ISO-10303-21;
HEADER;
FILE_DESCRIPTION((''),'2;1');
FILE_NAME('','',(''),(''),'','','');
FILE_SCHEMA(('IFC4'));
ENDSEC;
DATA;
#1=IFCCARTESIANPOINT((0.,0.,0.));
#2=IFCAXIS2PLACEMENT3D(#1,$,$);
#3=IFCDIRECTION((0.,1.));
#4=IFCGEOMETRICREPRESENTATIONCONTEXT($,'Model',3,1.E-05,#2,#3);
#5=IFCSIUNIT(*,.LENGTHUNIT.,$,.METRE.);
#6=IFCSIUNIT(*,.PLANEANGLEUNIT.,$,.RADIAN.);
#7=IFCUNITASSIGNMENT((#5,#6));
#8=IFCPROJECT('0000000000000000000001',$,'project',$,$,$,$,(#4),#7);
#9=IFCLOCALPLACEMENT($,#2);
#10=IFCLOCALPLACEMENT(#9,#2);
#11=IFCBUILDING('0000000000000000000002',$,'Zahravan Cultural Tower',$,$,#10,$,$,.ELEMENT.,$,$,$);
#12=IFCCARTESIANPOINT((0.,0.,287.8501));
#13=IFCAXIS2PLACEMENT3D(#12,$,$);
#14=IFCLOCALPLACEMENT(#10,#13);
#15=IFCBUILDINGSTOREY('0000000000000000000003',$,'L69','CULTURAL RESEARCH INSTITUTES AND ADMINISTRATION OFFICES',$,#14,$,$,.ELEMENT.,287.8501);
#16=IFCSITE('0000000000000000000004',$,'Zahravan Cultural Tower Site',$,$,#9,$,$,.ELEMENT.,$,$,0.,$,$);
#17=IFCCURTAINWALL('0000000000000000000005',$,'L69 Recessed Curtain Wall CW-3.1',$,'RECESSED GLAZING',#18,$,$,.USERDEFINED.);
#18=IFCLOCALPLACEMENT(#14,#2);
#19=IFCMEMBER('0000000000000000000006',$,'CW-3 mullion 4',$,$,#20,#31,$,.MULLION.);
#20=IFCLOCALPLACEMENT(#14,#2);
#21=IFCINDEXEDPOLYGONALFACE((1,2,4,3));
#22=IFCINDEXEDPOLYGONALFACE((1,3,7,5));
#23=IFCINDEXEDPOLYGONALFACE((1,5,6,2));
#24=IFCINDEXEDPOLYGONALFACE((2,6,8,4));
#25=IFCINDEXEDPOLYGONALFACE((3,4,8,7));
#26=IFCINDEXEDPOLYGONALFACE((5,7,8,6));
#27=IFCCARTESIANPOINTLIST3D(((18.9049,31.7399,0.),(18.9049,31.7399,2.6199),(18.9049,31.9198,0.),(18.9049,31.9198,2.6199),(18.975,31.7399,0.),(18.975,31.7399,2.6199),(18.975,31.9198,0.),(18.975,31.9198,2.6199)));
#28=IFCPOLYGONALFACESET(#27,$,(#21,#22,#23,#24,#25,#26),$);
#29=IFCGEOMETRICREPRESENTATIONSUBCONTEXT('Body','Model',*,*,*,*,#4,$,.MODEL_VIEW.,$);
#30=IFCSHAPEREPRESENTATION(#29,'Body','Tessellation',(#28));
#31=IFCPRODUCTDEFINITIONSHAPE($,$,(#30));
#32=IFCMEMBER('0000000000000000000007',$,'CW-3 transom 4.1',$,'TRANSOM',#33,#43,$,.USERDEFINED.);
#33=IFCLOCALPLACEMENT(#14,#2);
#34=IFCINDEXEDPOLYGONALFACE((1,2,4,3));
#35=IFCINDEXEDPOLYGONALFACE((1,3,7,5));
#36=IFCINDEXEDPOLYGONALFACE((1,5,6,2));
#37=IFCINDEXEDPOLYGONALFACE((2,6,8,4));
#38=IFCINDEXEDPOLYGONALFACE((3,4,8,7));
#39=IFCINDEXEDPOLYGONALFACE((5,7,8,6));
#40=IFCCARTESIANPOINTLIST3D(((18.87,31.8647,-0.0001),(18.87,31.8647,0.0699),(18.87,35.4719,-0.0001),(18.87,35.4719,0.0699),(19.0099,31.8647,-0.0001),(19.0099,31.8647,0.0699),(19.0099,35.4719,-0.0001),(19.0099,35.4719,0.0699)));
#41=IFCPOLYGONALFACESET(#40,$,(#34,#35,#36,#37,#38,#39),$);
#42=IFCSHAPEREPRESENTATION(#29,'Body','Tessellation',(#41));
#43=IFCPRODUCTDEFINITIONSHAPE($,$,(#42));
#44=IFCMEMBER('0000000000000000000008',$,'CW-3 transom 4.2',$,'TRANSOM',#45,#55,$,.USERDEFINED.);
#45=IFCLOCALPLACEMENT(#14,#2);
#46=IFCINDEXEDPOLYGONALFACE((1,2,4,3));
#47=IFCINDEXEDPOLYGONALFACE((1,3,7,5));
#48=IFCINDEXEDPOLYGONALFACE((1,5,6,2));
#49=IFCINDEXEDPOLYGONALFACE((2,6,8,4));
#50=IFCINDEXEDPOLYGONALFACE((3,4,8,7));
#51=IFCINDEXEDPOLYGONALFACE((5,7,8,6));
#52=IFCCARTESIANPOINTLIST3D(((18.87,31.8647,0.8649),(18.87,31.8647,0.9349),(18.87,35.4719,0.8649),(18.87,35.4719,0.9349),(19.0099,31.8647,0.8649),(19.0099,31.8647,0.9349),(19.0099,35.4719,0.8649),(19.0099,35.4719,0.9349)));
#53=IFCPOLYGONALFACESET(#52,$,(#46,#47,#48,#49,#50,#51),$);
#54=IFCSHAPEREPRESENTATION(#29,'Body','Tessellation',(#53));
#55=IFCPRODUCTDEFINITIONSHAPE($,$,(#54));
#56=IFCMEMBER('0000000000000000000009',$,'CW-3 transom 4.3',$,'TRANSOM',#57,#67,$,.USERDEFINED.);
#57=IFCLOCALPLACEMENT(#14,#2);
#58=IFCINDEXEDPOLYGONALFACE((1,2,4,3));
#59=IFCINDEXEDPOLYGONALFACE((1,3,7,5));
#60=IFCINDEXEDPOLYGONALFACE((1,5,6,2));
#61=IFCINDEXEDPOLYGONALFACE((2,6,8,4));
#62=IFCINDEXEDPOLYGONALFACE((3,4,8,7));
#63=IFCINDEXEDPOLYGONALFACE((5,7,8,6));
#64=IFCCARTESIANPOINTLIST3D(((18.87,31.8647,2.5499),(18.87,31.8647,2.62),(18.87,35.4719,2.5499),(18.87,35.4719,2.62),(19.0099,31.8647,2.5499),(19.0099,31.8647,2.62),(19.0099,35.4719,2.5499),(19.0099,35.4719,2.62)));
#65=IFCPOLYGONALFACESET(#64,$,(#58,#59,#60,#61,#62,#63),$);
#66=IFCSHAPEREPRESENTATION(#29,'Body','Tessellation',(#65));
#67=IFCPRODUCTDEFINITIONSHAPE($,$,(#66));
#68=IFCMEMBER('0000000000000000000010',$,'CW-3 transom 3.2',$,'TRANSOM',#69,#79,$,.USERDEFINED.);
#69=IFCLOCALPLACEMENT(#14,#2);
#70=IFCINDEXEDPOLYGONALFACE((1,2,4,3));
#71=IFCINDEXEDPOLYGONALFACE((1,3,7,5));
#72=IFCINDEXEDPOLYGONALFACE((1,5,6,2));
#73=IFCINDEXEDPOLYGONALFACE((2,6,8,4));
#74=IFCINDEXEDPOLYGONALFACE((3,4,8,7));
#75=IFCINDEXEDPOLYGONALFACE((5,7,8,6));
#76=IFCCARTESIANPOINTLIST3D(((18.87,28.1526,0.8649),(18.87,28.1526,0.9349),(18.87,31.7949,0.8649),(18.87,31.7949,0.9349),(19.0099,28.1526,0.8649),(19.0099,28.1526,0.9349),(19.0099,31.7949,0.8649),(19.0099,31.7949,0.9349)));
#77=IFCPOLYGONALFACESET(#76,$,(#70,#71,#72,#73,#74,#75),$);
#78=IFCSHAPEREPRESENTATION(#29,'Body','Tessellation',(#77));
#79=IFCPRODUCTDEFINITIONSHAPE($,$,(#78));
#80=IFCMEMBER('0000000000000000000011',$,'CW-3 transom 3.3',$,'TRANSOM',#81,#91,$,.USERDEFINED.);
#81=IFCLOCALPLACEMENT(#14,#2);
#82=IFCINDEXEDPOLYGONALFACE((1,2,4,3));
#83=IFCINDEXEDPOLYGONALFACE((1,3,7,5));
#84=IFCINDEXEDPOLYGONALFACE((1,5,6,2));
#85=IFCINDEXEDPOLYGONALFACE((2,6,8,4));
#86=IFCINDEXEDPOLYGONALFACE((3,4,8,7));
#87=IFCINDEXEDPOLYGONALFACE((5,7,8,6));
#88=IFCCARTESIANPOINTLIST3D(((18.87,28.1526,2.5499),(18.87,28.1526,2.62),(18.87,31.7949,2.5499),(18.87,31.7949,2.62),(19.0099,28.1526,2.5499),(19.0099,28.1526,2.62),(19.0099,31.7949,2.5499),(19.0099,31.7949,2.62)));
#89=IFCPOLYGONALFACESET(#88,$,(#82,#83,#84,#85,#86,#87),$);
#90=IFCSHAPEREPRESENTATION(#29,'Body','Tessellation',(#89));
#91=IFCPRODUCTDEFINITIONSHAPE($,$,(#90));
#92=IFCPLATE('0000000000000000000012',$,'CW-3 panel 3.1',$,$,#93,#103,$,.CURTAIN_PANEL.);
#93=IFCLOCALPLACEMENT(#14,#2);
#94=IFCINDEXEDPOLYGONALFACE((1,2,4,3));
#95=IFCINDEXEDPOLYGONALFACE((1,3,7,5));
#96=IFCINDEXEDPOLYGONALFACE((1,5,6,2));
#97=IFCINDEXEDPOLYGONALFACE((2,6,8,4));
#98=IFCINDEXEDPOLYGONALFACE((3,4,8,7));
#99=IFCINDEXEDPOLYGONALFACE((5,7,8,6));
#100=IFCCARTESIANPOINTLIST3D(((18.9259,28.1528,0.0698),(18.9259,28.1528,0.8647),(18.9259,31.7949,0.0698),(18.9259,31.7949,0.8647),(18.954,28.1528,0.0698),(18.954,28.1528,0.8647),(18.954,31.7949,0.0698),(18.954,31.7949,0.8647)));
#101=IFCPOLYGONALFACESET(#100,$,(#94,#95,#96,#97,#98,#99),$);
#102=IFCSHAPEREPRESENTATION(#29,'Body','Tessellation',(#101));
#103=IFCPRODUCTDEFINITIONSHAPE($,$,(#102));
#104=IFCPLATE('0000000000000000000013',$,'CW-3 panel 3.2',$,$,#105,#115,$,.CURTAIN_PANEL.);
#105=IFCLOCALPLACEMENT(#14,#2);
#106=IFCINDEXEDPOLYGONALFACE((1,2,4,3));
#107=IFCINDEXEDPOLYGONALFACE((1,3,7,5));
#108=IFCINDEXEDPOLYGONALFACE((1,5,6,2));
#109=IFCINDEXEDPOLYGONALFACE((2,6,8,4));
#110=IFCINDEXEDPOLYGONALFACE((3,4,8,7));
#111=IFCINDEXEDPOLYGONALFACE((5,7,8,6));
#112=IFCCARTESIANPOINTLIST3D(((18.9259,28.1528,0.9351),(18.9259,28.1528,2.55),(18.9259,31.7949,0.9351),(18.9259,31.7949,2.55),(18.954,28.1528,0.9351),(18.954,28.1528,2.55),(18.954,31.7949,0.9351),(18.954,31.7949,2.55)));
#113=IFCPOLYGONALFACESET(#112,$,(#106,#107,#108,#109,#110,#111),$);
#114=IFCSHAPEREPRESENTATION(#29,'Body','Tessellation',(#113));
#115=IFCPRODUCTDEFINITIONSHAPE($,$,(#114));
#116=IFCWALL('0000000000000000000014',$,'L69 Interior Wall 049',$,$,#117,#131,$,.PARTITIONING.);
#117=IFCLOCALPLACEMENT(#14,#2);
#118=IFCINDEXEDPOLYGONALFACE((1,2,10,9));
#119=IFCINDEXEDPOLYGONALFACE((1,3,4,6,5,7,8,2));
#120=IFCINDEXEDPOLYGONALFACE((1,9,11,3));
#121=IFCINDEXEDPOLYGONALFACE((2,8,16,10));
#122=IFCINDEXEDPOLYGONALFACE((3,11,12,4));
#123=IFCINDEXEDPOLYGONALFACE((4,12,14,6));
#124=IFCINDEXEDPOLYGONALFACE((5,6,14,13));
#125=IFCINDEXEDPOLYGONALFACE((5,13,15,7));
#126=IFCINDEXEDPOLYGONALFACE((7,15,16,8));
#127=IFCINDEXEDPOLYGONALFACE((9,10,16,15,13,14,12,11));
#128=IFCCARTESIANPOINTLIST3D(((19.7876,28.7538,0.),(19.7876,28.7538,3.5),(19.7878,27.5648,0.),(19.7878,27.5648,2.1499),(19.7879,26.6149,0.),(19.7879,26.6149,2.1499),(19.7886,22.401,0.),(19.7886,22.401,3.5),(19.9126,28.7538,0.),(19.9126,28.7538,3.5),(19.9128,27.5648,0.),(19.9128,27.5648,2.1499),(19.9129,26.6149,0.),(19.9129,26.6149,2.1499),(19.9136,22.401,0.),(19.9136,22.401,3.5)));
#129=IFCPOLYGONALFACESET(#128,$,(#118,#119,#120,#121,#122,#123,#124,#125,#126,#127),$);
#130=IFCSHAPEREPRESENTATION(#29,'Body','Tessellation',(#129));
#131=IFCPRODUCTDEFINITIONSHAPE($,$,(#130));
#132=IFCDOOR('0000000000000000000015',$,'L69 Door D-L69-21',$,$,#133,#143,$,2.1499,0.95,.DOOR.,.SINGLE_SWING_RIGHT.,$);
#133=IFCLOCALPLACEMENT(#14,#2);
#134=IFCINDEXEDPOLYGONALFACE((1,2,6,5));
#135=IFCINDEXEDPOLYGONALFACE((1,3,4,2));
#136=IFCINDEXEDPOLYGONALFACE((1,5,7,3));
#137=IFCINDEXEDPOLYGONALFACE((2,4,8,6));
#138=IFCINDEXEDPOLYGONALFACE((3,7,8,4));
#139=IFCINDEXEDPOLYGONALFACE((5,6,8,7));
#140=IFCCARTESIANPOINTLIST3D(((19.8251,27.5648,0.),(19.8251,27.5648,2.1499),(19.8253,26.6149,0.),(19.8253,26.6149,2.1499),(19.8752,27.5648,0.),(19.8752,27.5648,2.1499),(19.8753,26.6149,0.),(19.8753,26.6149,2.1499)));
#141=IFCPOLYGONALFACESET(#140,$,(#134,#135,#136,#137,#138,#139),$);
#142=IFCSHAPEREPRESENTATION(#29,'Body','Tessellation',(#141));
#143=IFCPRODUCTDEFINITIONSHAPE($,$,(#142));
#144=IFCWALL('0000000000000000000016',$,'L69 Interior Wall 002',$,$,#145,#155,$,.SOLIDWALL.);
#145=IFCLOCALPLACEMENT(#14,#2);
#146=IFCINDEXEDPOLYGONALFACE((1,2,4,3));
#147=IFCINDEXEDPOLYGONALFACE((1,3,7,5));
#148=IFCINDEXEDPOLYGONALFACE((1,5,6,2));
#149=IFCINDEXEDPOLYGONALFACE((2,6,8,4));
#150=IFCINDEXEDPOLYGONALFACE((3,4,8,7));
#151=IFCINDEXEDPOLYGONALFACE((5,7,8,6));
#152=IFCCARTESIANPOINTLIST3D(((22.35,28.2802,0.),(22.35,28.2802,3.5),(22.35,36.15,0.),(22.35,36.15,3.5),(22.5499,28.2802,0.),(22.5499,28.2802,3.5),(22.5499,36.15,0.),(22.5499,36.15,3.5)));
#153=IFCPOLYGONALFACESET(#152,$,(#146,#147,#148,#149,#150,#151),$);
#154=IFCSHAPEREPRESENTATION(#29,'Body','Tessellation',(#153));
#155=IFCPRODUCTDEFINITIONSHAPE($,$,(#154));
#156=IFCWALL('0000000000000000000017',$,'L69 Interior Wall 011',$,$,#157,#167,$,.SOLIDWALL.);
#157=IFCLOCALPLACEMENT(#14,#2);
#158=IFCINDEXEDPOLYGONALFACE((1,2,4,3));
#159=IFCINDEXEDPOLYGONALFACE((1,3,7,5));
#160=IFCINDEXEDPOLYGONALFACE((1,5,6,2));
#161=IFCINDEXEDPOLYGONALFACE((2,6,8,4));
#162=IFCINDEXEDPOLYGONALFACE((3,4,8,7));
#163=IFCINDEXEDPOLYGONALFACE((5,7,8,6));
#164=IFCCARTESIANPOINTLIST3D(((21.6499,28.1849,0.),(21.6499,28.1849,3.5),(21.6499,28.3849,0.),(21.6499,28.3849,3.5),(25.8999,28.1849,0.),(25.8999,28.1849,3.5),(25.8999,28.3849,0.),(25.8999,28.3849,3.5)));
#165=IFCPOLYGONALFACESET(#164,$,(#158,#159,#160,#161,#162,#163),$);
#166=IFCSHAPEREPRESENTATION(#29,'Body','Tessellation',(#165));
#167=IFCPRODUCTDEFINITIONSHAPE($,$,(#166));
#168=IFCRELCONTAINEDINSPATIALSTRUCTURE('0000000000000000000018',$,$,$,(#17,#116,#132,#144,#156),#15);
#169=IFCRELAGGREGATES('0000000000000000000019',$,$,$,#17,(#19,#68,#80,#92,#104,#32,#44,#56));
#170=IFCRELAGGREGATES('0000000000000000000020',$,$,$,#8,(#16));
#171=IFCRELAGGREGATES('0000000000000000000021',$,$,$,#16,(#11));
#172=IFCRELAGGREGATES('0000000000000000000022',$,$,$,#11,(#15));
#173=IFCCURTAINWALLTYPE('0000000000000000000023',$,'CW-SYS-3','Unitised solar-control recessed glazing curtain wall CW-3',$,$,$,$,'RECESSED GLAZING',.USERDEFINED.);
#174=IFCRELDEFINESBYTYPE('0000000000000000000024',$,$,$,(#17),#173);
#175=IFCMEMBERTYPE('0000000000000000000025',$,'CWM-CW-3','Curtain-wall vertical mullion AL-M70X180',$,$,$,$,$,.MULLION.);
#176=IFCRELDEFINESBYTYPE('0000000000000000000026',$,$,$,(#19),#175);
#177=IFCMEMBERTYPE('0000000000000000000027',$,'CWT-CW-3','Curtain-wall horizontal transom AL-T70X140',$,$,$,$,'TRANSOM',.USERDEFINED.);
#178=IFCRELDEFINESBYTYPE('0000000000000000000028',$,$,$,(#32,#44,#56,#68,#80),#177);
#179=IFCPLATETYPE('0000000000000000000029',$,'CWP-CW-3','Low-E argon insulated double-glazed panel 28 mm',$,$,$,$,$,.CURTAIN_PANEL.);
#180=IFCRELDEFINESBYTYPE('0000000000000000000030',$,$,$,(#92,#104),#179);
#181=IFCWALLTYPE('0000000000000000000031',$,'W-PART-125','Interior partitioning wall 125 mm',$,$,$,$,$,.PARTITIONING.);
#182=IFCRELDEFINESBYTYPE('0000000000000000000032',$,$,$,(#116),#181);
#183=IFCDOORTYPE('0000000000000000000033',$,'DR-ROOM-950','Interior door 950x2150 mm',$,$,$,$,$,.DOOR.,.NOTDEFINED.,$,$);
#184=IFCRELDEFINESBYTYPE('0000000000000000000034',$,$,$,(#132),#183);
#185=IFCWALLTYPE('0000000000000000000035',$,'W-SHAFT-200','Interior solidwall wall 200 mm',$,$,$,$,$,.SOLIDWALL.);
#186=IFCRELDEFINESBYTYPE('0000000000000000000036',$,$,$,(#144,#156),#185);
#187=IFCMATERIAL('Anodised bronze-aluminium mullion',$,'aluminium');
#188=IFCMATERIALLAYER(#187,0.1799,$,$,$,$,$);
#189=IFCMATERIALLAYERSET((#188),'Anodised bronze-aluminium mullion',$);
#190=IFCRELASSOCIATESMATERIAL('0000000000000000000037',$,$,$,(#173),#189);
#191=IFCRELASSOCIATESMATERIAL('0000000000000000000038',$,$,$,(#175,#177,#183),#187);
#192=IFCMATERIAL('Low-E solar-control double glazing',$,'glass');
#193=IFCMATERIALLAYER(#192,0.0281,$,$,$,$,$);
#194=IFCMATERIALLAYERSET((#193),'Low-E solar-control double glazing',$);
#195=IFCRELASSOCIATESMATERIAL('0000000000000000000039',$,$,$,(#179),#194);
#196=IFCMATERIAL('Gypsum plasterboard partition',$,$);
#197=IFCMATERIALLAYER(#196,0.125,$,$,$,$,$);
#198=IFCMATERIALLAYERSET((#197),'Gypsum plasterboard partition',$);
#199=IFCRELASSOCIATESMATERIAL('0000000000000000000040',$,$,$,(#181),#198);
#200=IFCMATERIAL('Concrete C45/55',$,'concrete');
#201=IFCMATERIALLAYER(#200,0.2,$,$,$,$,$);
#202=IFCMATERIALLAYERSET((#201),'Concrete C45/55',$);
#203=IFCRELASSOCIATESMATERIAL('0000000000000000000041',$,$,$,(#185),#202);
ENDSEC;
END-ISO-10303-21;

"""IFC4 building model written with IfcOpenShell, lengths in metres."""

from ifc_helpers import new_model, si_unit, direction, frame, frame_2d, origin, origin_2d, place, context, subcontext, project, spatial, rectangle, extrude, source, transform, mapped, material, layer, layer_set, material_profile, profile_set, type_object, element, fill, aggregate, save


model = new_model("IFC4")

# Units and contexts
model_context = context("Model", 3, precision=1e-05, world=origin(), true_north=direction((0.0, 1.0)))
body_context = subcontext(model_context, "Body", "Model", "MODEL_VIEW")
ifc_project = project(units=[si_unit("LENGTHUNIT", "METRE"), si_unit("PLANEANGLEUNIT", "RADIAN")], contexts=[model_context])

# Site, building, storey
site_placement = place(None, origin())
site = spatial("IfcSite", under=ifc_project, at=site_placement, Name="Zahravan Cultural Tower Site", CompositionType="ELEMENT", RefElevation=0.0)
building_placement = place(site_placement, origin())
building = spatial("IfcBuilding", under=site, at=building_placement, Name="Zahravan Cultural Tower", CompositionType="ELEMENT")
storey_placement = place(building_placement, frame((0.0, 0.0, 287.8501)))
storey = spatial("IfcBuildingStorey", under=building, at=storey_placement, Name="L69", Description="CULTURAL RESEARCH INSTITUTES AND ADMINISTRATION OFFICES", CompositionType="ELEMENT", Elevation=287.8501)

# Curtain wall, members, plates
ifc_material_1 = material(Name="Anodised bronze-aluminium mullion", Category="aluminium")
ifc_layer_1 = layer(ifc_material_1, 0.1799)
ifc_layer_set_1 = layer_set([ifc_layer_1], Name="Anodised bronze-aluminium mullion")
curtain_wall_type = type_object("IfcCurtainWallType", Name="CW-SYS-3", Description="Unitised solar-control recessed glazing curtain wall CW-3", ElementType="RECESSED GLAZING", PredefinedType="USERDEFINED", material=ifc_layer_set_1)
curtain_wall_placement = place(storey_placement, origin())
curtain_wall = element("IfcCurtainWall", 1, at=curtain_wall_placement, inside=storey, type_object=curtain_wall_type, Name="L69 Recessed Curtain Wall CW-3.1", ObjectType="RECESSED GLAZING", PredefinedType="USERDEFINED")
ifc_material_profile_1 = material_profile(ifc_material_1, rectangle(XDim=0.0701, YDim=0.1799, at=origin_2d()), Name="AL-M70X180")
ifc_profile_set_1 = profile_set([ifc_material_profile_1], Name="Anodised bronze-aluminium mullion")
member_type_1 = type_object("IfcMemberType", Name="CWM-CW-3", Description="Curtain-wall vertical mullion AL-M70X180", PredefinedType="MULLION", material=ifc_profile_set_1)
shared_shape_1 = source(origin(), body_context, "Body", "SweptSolid", [
    extrude(rectangle(XDim=0.0701, YDim=0.1799, at=origin_2d()), origin(), (0.0, 0.0, 1.0), 2.6199),
])
member_1_placement = place(storey_placement, frame((18.9399, 31.8298, 0.0), z_axis=(0.0, 0.0, 1.0), x_axis=(-1.0, 0.0, 0.0)))
member_1 = element("IfcMember", 2, at=member_1_placement, type_object=member_type_1, Name="CW-3 mullion 4", PredefinedType="MULLION", context=body_context, shape_type="MappedRepresentation", body=[
    mapped(shared_shape_1, transform((0.0, 0.0, 0.0), x_axis=(1.0, 0.0, 0.0), y_axis=(0.0, 1.0, 0.0), z_axis=(0.0, 0.0, 1.0), scale=1.0)),
])
ifc_material_profile_2 = material_profile(ifc_material_1, rectangle(XDim=0.1399, YDim=0.0701, at=origin_2d()), Name="AL-T70X140")
ifc_profile_set_2 = profile_set([ifc_material_profile_2], Name="Anodised bronze-aluminium mullion")
member_type_2 = type_object("IfcMemberType", Name="CWT-CW-3", Description="Curtain-wall horizontal transom AL-T70X140", ElementType="TRANSOM", PredefinedType="USERDEFINED", material=ifc_profile_set_2)
shared_shape_2 = source(origin(), body_context, "Body", "SweptSolid", [
    extrude(rectangle(XDim=0.1399, YDim=0.0701, at=origin_2d()), origin(), (0.0, 0.0, 1.0), 3.6072),
])
member_2_placement = place(storey_placement, frame((18.9399, 31.8647, 0.0349), z_axis=(0.0, 1.0, 0.0), x_axis=(-1.0, 0.0, 0.0)))
member_2 = element("IfcMember", 3, at=member_2_placement, type_object=member_type_2, Name="CW-3 transom 4.1", ObjectType="TRANSOM", PredefinedType="USERDEFINED", context=body_context, shape_type="MappedRepresentation", body=[
    mapped(shared_shape_2, transform((0.0, 0.0, 0.0), x_axis=(1.0, 0.0, 0.0), y_axis=(0.0, 1.0, 0.0), z_axis=(0.0, 0.0, 1.0), scale=1.0)),
])
member_3_placement = place(storey_placement, frame((18.9399, 31.8647, 0.8999), z_axis=(0.0, 1.0, 0.0), x_axis=(-1.0, 0.0, 0.0)))
member_3 = element("IfcMember", 4, at=member_3_placement, type_object=member_type_2, Name="CW-3 transom 4.2", ObjectType="TRANSOM", PredefinedType="USERDEFINED", context=body_context, shape_type="MappedRepresentation", body=[
    mapped(shared_shape_2, transform((0.0, 0.0, 0.0), x_axis=(1.0, 0.0, 0.0), y_axis=(0.0, 1.0, 0.0), z_axis=(0.0, 0.0, 1.0), scale=1.0)),
])
member_4_placement = place(storey_placement, frame((18.9399, 31.8647, 2.585), z_axis=(0.0, 1.0, 0.0), x_axis=(-1.0, 0.0, 0.0)))
member_4 = element("IfcMember", 5, at=member_4_placement, type_object=member_type_2, Name="CW-3 transom 4.3", ObjectType="TRANSOM", PredefinedType="USERDEFINED", context=body_context, shape_type="MappedRepresentation", body=[
    mapped(shared_shape_2, transform((0.0, 0.0, 0.0), x_axis=(1.0, 0.0, 0.0), y_axis=(0.0, 1.0, 0.0), z_axis=(0.0, 0.0, 1.0), scale=1.0)),
])
shared_shape_3 = source(origin(), body_context, "Body", "SweptSolid", [
    extrude(rectangle(XDim=0.1399, YDim=0.0701, at=origin_2d()), origin(), (0.0, 0.0, 1.0), 3.6423),
])
member_5_placement = place(storey_placement, frame((18.9399, 28.1526, 0.8999), z_axis=(0.0, 1.0, 0.0), x_axis=(-1.0, 0.0, 0.0)))
member_5 = element("IfcMember", 6, at=member_5_placement, type_object=member_type_2, Name="CW-3 transom 3.2", ObjectType="TRANSOM", PredefinedType="USERDEFINED", context=body_context, shape_type="MappedRepresentation", body=[
    mapped(shared_shape_3, transform((0.0, 0.0, 0.0), x_axis=(1.0, 0.0, 0.0), y_axis=(0.0, 1.0, 0.0), z_axis=(0.0, 0.0, 1.0), scale=1.0)),
])
member_6_placement = place(storey_placement, frame((18.9399, 28.1526, 2.585), z_axis=(0.0, 1.0, 0.0), x_axis=(-1.0, 0.0, 0.0)))
member_6 = element("IfcMember", 7, at=member_6_placement, type_object=member_type_2, Name="CW-3 transom 3.3", ObjectType="TRANSOM", PredefinedType="USERDEFINED", context=body_context, shape_type="MappedRepresentation", body=[
    mapped(shared_shape_3, transform((0.0, 0.0, 0.0), x_axis=(1.0, 0.0, 0.0), y_axis=(0.0, 1.0, 0.0), z_axis=(0.0, 0.0, 1.0), scale=1.0)),
])
ifc_material_2 = material(Name="Low-E solar-control double glazing", Category="glass")
ifc_layer_2 = layer(ifc_material_2, 0.0281)
ifc_layer_set_2 = layer_set([ifc_layer_2], Name="Low-E solar-control double glazing")
plate_type = type_object("IfcPlateType", Name="CWP-CW-3", Description="Low-E argon insulated double-glazed panel 28 mm", PredefinedType="CURTAIN_PANEL", material=ifc_layer_set_2)
shared_shape_4 = source(origin(), body_context, "Body", "SweptSolid", [
    extrude(rectangle(XDim=3.6421, YDim=0.0281, at=origin_2d()), origin(), (0.0, 0.0, 1.0), 0.7949),
])
plate_1_placement = place(storey_placement, frame((18.9399, 29.9739, 0.0698), z_axis=(0.0, 0.0, 1.0), x_axis=(0.0, 1.0, 0.0)))
plate_1 = element("IfcPlate", 8, at=plate_1_placement, type_object=plate_type, Name="CW-3 panel 3.1", PredefinedType="CURTAIN_PANEL", context=body_context, shape_type="MappedRepresentation", body=[
    mapped(shared_shape_4, transform((0.0, 0.0, 0.0), x_axis=(1.0, 0.0, 0.0), y_axis=(0.0, 1.0, 0.0), z_axis=(0.0, 0.0, 1.0), scale=1.0)),
])
shared_shape_5 = source(origin(), body_context, "Body", "SweptSolid", [
    extrude(rectangle(XDim=3.6421, YDim=0.0281, at=origin_2d()), origin(), (0.0, 0.0, 1.0), 1.615),
])
plate_2_placement = place(storey_placement, frame((18.9399, 29.9739, 0.9351), z_axis=(0.0, 0.0, 1.0), x_axis=(0.0, 1.0, 0.0)))
plate_2 = element("IfcPlate", 9, at=plate_2_placement, type_object=plate_type, Name="CW-3 panel 3.2", PredefinedType="CURTAIN_PANEL", context=body_context, shape_type="MappedRepresentation", body=[
    mapped(shared_shape_5, transform((0.0, 0.0, 0.0), x_axis=(1.0, 0.0, 0.0), y_axis=(0.0, 1.0, 0.0), z_axis=(0.0, 0.0, 1.0), scale=1.0)),
])
aggregate(curtain_wall, [member_1, member_5, member_6, plate_1, plate_2, member_2, member_3, member_4])

# Wall, opening, door
ifc_material_3 = material(Name="Gypsum plasterboard partition")
ifc_layer_3 = layer(ifc_material_3, 0.125)
ifc_layer_set_3 = layer_set([ifc_layer_3], Name="Gypsum plasterboard partition")
wall_type_1 = type_object("IfcWallType", Name="W-PART-125", Description="Interior partitioning wall 125 mm", PredefinedType="PARTITIONING", material=ifc_layer_set_3)
wall_1_placement = place(storey_placement, frame((19.8501, 28.7537, 0.0), z_axis=(0.0, 0.0, 1.0), x_axis=(0.000154, -1.0, 0.0)))
wall_1 = element("IfcWall", 10, at=wall_1_placement, inside=storey, type_object=wall_type_1, Name="L69 Interior Wall 049", PredefinedType="PARTITIONING", context=body_context, shape_type="SweptSolid", body=[
    extrude(rectangle(XDim=6.3528, YDim=0.125, at=frame_2d((3.1763, 0.0))), origin(), (0.0, 0.0, 1.0), 3.5),
])
opening_1_placement = place(wall_1_placement, frame((1.1887, 0.0, 0.0)))
opening_1 = element("IfcOpeningElement", 11, at=opening_1_placement, cuts=wall_1, PredefinedType="OPENING", context=body_context, shape_type="SweptSolid", body=[
    extrude(rectangle(XDim=0.95, YDim=2.1499, at=frame_2d((0.4751, 1.075))), frame((0.0, 0.0725, 0.0), z_axis=(0.0, -1.0, 0.0), x_axis=(1.0, 0.0, 0.0)), (0.0, 0.0, 1.0), 0.145),
])
door_type = type_object("IfcDoorType", Name="DR-ROOM-950", Description="Interior door 950x2150 mm", OperationType="NOTDEFINED", PredefinedType="DOOR", material=ifc_material_1)
shared_shape_6 = source(origin(), body_context, "Body", "SweptSolid", [
    extrude(rectangle(XDim=0.95, YDim=2.1499, at=frame_2d((0.4751, 1.075))), frame((0.0, 0.0249, 0.0), z_axis=(0.0, -1.0, 0.0), x_axis=(1.0, 0.0, 0.0)), (0.0, 0.0, 1.0), 0.05),
])
door_1_placement = place(opening_1_placement, origin())
door_1 = element("IfcDoor", 12, at=door_1_placement, inside=storey, type_object=door_type, Name="L69 Door D-L69-21", OperationType="SINGLE_SWING_RIGHT", OverallHeight=2.1499, OverallWidth=0.95, PredefinedType="DOOR", context=body_context, shape_type="MappedRepresentation", body=[
    mapped(shared_shape_6, transform((0.0, 0.0, 0.0), x_axis=(1.0, 0.0, 0.0), y_axis=(0.0, 1.0, 0.0), z_axis=(0.0, 0.0, 1.0), scale=1.0)),
])
fill(opening_1, door_1)

# Walls
ifc_material_4 = material(Name="Concrete C45/55", Category="concrete")
ifc_layer_4 = layer(ifc_material_4, 0.2)
ifc_layer_set_4 = layer_set([ifc_layer_4], Name="Concrete C45/55")
wall_type_2 = type_object("IfcWallType", Name="W-SHAFT-200", Description="Interior solidwall wall 200 mm", PredefinedType="SOLIDWALL", material=ifc_layer_set_4)
shared_shape_7 = source(origin(), body_context, "Body", "SweptSolid", [
    extrude(rectangle(XDim=7.8699, YDim=0.2, at=frame_2d((3.9351, 0.0))), origin(), (0.0, 0.0, 1.0), 3.5),
])
wall_2_placement = place(storey_placement, frame((22.45, 28.28, 0.0), z_axis=(0.0, 0.0, 1.0), x_axis=(0.0, 1.0, 0.0)))
element("IfcWall", 13, at=wall_2_placement, inside=storey, type_object=wall_type_2, Name="L69 Interior Wall 002", PredefinedType="SOLIDWALL", context=body_context, shape_type="MappedRepresentation", body=[
    mapped(shared_shape_7, transform((0.0, 0.0, 0.0), x_axis=(1.0, 0.0, 0.0), y_axis=(0.0, 1.0, 0.0), z_axis=(0.0, 0.0, 1.0), scale=1.0)),
])
shared_shape_8 = source(origin(), body_context, "Body", "SweptSolid", [
    extrude(rectangle(XDim=4.25, YDim=0.2, at=frame_2d((2.125, 0.0))), origin(), (0.0, 0.0, 1.0), 3.5),
])
wall_3_placement = place(storey_placement, frame((21.6499, 28.2849, 0.0), z_axis=(0.0, 0.0, 1.0), x_axis=(1.0, 0.0, 0.0)))
element("IfcWall", 14, at=wall_3_placement, inside=storey, type_object=wall_type_2, Name="L69 Interior Wall 011", PredefinedType="SOLIDWALL", context=body_context, shape_type="MappedRepresentation", body=[
    mapped(shared_shape_8, transform((0.0, 0.0, 0.0), x_axis=(1.0, 0.0, 0.0), y_axis=(0.0, 1.0, 0.0), z_axis=(0.0, 0.0, 1.0), scale=1.0)),
])

save(model, "model.ifc")
